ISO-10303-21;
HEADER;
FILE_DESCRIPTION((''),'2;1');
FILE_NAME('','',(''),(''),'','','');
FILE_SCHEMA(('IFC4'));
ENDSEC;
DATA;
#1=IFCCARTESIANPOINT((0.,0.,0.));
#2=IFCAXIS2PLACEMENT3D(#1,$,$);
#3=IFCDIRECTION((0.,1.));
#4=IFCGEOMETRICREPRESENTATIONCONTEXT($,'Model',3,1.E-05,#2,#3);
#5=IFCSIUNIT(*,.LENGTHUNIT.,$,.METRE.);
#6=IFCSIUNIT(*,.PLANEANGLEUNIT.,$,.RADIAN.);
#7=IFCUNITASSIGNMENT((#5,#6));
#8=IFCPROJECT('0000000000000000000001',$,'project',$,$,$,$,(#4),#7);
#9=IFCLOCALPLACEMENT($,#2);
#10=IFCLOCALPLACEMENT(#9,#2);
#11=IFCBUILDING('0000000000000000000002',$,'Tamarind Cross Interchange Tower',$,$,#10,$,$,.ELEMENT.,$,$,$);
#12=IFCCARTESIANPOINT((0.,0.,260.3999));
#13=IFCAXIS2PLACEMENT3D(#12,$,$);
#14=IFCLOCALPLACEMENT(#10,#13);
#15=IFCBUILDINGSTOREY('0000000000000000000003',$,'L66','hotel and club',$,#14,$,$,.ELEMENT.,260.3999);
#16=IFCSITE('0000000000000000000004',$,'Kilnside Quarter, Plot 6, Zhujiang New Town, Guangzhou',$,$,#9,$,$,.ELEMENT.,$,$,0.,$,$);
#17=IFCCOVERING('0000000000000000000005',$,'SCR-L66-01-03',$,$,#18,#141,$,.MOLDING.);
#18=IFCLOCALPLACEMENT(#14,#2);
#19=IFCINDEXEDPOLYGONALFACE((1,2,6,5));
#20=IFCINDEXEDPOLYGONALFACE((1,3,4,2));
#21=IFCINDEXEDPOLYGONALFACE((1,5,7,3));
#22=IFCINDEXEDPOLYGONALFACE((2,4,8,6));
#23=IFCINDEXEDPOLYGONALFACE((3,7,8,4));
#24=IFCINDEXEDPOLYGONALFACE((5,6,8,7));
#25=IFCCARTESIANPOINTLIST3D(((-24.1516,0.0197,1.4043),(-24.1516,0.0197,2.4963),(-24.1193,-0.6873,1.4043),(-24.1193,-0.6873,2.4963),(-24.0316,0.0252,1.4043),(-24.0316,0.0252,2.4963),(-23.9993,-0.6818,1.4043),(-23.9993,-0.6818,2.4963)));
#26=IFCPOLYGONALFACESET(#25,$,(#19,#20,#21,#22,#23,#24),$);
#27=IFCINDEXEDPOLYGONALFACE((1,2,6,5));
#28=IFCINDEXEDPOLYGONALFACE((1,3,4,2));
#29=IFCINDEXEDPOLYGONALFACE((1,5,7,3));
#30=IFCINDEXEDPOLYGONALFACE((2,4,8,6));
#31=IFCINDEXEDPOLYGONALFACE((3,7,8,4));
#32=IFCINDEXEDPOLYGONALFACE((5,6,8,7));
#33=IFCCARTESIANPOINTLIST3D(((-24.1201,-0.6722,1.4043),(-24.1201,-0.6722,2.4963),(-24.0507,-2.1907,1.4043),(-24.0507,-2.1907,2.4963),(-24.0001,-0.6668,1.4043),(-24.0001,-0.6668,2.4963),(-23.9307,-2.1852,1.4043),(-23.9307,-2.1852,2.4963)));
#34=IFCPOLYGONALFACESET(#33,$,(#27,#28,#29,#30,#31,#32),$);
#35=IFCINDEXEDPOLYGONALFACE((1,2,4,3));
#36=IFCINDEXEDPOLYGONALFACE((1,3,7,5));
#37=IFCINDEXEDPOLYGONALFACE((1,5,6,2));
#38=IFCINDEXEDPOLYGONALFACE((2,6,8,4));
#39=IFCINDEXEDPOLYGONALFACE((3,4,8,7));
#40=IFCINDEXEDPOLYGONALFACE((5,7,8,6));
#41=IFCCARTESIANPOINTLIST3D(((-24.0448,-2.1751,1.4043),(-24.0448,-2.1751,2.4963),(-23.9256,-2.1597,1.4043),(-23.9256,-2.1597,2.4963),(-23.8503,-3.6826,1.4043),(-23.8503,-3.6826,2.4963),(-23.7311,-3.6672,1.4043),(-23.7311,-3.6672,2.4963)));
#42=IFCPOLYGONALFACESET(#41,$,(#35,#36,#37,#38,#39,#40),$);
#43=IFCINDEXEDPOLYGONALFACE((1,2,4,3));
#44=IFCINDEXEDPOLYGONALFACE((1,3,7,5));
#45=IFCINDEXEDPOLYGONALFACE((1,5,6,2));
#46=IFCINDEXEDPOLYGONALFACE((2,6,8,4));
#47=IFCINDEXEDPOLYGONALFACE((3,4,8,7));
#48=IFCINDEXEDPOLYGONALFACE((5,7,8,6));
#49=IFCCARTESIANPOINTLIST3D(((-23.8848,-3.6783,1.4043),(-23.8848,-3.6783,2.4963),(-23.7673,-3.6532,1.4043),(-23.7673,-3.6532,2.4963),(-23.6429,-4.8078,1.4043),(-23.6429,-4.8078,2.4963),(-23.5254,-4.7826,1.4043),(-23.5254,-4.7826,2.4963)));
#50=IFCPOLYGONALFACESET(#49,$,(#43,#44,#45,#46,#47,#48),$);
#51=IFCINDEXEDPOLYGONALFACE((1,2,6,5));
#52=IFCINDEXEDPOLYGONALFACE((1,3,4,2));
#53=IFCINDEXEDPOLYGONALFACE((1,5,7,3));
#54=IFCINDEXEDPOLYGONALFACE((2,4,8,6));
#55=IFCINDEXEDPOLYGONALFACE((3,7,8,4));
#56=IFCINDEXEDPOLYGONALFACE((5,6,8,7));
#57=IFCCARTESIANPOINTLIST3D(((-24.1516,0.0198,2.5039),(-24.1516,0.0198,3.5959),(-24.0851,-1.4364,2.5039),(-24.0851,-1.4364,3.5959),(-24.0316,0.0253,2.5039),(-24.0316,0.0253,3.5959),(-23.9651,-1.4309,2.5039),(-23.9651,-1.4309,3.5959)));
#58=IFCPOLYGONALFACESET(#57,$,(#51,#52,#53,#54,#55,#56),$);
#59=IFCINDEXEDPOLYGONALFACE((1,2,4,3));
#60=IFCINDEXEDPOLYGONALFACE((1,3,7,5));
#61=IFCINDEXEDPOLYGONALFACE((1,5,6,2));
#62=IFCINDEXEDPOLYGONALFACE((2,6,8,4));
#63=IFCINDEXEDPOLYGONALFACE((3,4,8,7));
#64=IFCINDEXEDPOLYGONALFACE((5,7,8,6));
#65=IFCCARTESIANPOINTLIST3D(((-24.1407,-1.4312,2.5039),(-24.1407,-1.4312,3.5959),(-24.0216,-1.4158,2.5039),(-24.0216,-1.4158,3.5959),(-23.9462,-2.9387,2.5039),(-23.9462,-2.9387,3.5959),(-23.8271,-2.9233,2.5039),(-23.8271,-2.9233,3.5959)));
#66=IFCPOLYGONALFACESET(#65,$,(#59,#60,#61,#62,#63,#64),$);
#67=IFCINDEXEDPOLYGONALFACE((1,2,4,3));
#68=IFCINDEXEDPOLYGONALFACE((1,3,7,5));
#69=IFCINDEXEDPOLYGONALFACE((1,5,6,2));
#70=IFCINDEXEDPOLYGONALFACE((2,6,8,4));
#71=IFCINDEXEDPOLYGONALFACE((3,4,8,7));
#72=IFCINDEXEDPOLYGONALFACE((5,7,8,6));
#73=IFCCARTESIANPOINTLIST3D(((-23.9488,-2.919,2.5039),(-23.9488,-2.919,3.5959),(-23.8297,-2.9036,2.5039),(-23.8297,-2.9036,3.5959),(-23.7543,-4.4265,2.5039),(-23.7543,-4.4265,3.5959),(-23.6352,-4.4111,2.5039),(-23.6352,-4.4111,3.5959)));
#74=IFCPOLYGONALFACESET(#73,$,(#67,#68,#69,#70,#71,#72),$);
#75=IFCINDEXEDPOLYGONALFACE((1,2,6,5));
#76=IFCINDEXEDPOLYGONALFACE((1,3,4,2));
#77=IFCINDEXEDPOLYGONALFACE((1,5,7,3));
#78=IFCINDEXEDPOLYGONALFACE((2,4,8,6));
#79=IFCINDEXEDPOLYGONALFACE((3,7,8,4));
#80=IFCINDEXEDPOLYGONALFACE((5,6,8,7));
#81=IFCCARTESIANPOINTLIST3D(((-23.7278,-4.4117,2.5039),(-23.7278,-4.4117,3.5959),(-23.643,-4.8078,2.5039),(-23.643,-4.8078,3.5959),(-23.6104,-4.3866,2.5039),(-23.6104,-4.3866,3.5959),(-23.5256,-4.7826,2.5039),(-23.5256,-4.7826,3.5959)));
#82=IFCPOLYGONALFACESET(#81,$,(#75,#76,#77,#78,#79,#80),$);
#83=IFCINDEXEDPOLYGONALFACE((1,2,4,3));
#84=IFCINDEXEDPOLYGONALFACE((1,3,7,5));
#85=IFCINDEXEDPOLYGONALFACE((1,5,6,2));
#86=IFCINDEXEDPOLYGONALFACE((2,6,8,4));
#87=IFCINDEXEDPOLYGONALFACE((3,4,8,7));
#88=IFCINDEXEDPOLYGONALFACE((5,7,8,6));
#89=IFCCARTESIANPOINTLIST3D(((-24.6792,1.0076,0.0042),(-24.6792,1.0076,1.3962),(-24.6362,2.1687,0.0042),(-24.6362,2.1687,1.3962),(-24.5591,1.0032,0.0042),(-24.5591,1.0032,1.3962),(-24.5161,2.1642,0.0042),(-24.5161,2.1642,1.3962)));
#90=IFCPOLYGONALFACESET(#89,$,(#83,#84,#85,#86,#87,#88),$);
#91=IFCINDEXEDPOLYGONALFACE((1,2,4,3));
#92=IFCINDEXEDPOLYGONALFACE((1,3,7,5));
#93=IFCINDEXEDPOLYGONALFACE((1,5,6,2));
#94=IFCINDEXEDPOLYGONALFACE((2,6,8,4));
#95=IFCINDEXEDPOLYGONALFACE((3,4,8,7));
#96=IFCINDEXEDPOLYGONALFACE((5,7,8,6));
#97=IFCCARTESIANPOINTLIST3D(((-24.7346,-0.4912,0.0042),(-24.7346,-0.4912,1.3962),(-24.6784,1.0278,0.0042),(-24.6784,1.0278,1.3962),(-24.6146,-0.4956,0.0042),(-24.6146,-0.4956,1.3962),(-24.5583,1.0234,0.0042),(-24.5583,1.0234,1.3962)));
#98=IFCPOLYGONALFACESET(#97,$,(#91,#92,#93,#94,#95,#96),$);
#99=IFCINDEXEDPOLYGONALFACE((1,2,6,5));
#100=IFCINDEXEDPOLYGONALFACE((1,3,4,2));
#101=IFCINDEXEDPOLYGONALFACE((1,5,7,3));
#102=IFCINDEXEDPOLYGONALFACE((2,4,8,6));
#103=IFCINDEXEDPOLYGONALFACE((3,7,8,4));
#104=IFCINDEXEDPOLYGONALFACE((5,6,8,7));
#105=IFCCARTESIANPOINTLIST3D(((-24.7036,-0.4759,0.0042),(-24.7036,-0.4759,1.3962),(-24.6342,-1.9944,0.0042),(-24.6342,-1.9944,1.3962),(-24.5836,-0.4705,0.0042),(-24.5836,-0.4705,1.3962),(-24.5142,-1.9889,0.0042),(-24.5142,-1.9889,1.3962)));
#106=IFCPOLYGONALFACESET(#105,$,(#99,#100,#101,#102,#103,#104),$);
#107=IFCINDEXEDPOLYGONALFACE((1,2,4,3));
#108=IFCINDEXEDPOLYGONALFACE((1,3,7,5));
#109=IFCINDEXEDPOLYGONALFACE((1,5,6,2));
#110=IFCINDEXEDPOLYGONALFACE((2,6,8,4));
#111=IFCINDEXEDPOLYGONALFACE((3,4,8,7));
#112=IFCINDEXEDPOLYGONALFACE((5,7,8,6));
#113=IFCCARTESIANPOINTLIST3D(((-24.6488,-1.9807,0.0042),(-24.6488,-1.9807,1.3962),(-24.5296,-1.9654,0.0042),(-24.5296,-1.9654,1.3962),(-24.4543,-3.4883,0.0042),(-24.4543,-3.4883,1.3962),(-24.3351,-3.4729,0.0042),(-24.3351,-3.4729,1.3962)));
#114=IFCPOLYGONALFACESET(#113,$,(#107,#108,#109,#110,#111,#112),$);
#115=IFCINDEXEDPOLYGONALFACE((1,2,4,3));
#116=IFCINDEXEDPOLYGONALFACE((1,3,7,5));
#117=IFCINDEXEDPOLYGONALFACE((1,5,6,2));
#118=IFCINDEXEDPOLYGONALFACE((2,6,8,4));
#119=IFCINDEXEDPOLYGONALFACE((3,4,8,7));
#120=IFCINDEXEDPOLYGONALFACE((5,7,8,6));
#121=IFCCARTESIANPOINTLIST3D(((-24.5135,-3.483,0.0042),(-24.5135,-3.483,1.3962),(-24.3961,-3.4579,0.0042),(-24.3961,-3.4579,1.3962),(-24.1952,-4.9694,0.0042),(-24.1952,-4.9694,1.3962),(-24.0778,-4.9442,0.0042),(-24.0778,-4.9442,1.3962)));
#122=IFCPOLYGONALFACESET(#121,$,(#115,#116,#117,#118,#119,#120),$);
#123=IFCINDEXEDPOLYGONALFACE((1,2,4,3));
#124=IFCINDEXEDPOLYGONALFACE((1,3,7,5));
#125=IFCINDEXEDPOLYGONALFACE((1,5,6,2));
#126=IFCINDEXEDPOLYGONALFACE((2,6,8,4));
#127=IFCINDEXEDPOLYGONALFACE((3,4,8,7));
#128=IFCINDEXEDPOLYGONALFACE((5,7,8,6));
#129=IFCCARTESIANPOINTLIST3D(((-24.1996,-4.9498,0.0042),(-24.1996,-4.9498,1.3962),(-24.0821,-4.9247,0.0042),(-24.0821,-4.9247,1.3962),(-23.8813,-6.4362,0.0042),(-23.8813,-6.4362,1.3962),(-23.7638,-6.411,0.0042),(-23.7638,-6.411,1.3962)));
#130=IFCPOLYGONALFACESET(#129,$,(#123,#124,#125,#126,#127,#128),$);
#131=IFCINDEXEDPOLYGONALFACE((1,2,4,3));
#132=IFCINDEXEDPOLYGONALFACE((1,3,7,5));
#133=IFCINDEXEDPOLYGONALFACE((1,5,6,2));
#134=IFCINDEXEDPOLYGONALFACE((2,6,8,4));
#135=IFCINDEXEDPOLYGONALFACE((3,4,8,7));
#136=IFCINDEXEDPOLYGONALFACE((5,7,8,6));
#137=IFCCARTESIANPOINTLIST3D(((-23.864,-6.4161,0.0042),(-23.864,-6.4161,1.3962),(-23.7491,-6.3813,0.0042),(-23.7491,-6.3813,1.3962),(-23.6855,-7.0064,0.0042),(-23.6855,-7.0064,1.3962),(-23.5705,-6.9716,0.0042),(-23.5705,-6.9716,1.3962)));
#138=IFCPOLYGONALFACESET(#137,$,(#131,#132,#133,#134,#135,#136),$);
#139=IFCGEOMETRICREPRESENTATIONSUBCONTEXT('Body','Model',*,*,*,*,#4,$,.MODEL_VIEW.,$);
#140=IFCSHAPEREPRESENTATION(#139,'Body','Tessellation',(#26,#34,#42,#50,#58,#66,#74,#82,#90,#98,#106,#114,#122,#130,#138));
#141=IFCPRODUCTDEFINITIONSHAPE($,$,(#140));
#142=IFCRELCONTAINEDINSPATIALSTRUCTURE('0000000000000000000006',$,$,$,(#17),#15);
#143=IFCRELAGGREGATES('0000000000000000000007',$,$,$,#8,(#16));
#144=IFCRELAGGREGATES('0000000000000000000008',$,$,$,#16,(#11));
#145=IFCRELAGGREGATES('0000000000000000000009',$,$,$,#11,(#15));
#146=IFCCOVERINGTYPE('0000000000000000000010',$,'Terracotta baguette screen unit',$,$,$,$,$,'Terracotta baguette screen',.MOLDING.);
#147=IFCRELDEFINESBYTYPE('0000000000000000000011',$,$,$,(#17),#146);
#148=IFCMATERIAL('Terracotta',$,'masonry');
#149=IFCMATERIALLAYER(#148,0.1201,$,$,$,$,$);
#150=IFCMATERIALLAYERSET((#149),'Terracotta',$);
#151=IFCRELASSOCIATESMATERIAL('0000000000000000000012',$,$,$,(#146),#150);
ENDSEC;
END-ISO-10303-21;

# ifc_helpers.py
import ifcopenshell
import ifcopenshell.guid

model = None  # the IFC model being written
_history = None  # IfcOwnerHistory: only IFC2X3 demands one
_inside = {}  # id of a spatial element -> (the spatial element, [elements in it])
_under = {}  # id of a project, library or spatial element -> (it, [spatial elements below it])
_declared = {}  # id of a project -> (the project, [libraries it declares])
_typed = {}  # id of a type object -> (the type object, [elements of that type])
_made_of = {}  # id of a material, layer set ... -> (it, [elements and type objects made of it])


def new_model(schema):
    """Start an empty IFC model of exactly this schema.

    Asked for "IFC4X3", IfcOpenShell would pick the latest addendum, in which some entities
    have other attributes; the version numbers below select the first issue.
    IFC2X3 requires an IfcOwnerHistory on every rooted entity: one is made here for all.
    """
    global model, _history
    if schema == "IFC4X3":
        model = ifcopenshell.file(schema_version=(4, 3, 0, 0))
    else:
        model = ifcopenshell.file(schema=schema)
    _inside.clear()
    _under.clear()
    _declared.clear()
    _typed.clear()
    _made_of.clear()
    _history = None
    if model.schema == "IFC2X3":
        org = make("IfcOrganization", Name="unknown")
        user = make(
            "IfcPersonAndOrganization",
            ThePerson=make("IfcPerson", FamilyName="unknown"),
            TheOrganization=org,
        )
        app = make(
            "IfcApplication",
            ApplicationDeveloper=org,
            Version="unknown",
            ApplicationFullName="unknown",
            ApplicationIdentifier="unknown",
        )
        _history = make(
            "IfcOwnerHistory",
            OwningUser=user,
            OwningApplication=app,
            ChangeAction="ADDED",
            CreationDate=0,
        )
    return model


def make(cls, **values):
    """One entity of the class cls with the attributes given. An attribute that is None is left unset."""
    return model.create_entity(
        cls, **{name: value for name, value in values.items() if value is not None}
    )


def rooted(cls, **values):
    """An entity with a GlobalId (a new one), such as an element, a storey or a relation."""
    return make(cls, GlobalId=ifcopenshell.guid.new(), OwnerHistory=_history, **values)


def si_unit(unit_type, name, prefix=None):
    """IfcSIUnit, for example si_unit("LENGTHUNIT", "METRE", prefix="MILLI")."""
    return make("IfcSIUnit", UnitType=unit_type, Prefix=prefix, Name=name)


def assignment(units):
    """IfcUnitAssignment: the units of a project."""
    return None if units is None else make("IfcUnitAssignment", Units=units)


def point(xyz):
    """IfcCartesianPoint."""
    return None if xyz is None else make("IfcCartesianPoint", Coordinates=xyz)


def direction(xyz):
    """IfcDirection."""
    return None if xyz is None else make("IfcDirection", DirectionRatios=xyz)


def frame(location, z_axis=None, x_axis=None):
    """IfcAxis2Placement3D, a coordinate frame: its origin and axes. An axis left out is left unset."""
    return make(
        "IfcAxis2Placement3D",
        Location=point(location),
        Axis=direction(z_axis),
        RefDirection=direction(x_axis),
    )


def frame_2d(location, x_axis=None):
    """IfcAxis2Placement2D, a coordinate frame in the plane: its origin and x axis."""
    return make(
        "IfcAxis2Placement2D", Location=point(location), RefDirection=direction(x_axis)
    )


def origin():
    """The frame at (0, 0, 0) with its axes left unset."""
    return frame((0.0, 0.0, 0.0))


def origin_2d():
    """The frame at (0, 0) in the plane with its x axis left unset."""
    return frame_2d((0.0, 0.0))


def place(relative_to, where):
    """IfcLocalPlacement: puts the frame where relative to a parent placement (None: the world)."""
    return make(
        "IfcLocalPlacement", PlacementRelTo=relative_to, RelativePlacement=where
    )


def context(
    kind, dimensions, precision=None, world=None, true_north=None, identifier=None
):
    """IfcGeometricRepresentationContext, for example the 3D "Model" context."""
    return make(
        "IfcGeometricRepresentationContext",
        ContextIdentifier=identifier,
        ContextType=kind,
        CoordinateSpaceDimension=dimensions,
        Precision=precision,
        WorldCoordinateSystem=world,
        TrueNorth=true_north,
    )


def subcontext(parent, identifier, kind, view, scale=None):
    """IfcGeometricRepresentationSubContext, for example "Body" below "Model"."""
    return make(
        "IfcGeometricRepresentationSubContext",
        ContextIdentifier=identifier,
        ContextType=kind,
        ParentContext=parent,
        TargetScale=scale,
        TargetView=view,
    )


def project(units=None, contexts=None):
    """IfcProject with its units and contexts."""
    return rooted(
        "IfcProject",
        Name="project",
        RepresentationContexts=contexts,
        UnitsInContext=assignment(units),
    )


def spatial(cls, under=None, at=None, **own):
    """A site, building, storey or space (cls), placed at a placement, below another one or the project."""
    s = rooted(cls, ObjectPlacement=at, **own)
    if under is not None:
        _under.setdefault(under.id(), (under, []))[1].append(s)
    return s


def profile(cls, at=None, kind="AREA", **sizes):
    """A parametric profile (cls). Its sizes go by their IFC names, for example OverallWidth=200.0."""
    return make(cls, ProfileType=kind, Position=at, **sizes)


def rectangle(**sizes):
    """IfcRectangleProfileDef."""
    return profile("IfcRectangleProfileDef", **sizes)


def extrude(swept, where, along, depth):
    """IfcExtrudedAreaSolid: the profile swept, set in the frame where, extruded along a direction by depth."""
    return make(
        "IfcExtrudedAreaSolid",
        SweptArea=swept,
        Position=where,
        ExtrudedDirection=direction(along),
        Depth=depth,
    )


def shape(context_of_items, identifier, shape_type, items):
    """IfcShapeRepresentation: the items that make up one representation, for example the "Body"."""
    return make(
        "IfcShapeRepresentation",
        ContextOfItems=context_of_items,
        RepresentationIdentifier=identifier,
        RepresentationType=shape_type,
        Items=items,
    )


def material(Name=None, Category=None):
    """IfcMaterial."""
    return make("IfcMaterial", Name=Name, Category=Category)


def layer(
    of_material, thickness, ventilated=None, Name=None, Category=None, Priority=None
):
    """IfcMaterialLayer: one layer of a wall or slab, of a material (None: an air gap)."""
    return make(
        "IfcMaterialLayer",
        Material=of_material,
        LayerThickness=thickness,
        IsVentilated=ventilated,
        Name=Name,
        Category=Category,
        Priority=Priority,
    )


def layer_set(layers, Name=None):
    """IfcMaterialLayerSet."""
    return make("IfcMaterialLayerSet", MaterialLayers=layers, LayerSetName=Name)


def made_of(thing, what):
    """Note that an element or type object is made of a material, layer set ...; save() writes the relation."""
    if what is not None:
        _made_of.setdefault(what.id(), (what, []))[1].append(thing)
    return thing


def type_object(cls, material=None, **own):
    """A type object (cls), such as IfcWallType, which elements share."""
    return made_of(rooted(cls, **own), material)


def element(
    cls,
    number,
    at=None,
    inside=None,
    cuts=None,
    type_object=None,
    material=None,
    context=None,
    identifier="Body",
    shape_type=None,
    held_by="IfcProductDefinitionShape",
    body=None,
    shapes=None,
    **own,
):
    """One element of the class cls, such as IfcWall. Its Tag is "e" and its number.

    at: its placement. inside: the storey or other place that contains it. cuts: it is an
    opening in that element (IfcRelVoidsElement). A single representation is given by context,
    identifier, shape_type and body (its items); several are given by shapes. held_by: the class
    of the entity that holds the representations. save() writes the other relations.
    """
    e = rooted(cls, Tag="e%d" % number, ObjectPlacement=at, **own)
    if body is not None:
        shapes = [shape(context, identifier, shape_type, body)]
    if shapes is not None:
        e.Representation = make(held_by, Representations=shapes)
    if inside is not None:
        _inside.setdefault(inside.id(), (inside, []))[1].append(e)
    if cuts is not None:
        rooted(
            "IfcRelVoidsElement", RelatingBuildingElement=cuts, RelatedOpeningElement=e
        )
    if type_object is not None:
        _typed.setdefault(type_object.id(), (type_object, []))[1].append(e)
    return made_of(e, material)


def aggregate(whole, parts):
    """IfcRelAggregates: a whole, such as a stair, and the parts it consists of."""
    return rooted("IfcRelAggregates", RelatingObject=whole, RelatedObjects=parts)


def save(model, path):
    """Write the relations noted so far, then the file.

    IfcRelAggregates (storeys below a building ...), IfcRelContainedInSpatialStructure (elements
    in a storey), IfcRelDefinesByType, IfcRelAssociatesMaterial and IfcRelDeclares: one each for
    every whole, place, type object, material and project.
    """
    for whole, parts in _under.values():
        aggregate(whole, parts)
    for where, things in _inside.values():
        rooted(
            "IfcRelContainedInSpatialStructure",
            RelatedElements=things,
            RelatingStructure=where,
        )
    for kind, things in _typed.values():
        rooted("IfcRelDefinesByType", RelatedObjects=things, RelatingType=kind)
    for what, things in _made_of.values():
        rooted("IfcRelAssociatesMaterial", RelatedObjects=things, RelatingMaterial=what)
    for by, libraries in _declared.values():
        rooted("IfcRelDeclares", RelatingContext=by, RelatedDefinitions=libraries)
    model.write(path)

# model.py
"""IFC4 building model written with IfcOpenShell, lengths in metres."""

from ifc_helpers import new_model, si_unit, direction, frame, origin, origin_2d, place, context, subcontext, project, spatial, rectangle, extrude, material, layer, layer_set, type_object, element, save


model = new_model("IFC4")

# Units and contexts
model_context = context("Model", 3, precision=1e-05, world=origin(), true_north=direction((0.0, 1.0)))
body_context = subcontext(model_context, "Body", "Model", "MODEL_VIEW")
ifc_project = project(units=[si_unit("LENGTHUNIT", "METRE"), si_unit("PLANEANGLEUNIT", "RADIAN")], contexts=[model_context])

# Site, building, storey
site_placement = place(None, origin())
site = spatial("IfcSite", under=ifc_project, at=site_placement, Name="Kilnside Quarter, Plot 6, Zhujiang New Town, Guangzhou", CompositionType="ELEMENT", RefElevation=0.0)
building_placement = place(site_placement, origin())
building = spatial("IfcBuilding", under=site, at=building_placement, Name="Tamarind Cross Interchange Tower", CompositionType="ELEMENT")
storey_placement = place(building_placement, frame((0.0, 0.0, 260.3999)))
storey = spatial("IfcBuildingStorey", under=building, at=storey_placement, Name="L66", Description="hotel and club", CompositionType="ELEMENT", Elevation=260.3999)

# Covering
ifc_material_1 = material(Name="Terracotta", Category="masonry")
ifc_layer_1 = layer(ifc_material_1, 0.1201)
ifc_layer_set_1 = layer_set([ifc_layer_1], Name="Terracotta")
covering_type = type_object("IfcCoveringType", Name="Terracotta baguette screen unit", ElementType="Terracotta baguette screen", PredefinedType="MOLDING", material=ifc_layer_set_1)
covering_1_placement = place(storey_placement, origin())
element("IfcCovering", 1, at=covering_1_placement, inside=storey, type_object=covering_type, Name="SCR-L66-01-03", PredefinedType="MOLDING", context=body_context, shape_type="SweptSolid", body=[
    extrude(rectangle(XDim=0.7078, YDim=0.1201, at=origin_2d()), frame((-24.0754, -0.3311, 1.4043), z_axis=(0.0, 0.0, 1.0), x_axis=(0.045624, -0.998959, 0.0)), (0.0, 0.0, 1.0), 1.092),
    extrude(rectangle(XDim=1.52, YDim=0.1201, at=origin_2d()), frame((-24.0254, -1.4287, 1.4043), z_axis=(0.0, 0.0, 1.0), x_axis=(0.045624, -0.998959, 0.0)), (0.0, 0.0, 1.0), 1.092),
    extrude(rectangle(XDim=1.52, YDim=0.1201, at=origin_2d()), frame((-23.8879, -2.9211, 1.4043), z_axis=(0.0, 0.0, 1.0), x_axis=(0.127962, -0.991779, 0.0)), (0.0, 0.0, 1.0), 1.092),
    extrude(rectangle(XDim=1.155, YDim=0.1201, at=origin_2d()), frame((-23.7051, -4.2305, 1.4043), z_axis=(0.0, 0.0, 1.0), x_axis=(0.209425, -0.977825, 0.0)), (0.0, 0.0, 1.0), 1.092),
    extrude(rectangle(XDim=1.4578, YDim=0.1201, at=origin_2d()), frame((-24.0583, -0.7056, 2.5039), z_axis=(0.0, 0.0, 1.0), x_axis=(0.045624, -0.998959, 0.0)), (0.0, 0.0, 1.0), 1.092),
    extrude(rectangle(XDim=1.52, YDim=0.1201, at=origin_2d()), frame((-23.9839, -2.1772, 2.5039), z_axis=(0.0, 0.0, 1.0), x_axis=(0.127962, -0.991779, 0.0)), (0.0, 0.0, 1.0), 1.092),
    extrude(rectangle(XDim=1.52, YDim=0.1201, at=origin_2d()), frame((-23.792, -3.665, 2.5039), z_axis=(0.0, 0.0, 1.0), x_axis=(0.127962, -0.991779, 0.0)), (0.0, 0.0, 1.0), 1.092),
    extrude(rectangle(XDim=0.405, YDim=0.1201, at=origin_2d()), frame((-23.6267, -4.5972, 2.5039), z_axis=(0.0, 0.0, 1.0), x_axis=(0.209425, -0.977825, 0.0)), (0.0, 0.0, 1.0), 1.092),
    extrude(rectangle(XDim=1.1619, YDim=0.1201, at=origin_2d()), frame((-24.5977, 1.5859, 0.0042), z_axis=(0.0, 0.0, 1.0), x_axis=(-0.037025, -0.999314, 0.0)), (0.0, 0.0, 1.0), 1.3921),
    extrude(rectangle(XDim=1.52, YDim=0.1201, at=origin_2d()), frame((-24.6465, 0.2661, 0.0042), z_axis=(0.0, 0.0, 1.0), x_axis=(-0.037025, -0.999314, 0.0)), (0.0, 0.0, 1.0), 1.3921),
    extrude(rectangle(XDim=1.52, YDim=0.1201, at=origin_2d()), frame((-24.6089, -1.2324, 0.0042), z_axis=(0.0, 0.0, 1.0), x_axis=(0.045624, -0.998959, 0.0)), (0.0, 0.0, 1.0), 1.3921),
    extrude(rectangle(XDim=1.52, YDim=0.1201, at=origin_2d()), frame((-24.4919, -2.7268, 0.0042), z_axis=(0.0, 0.0, 1.0), x_axis=(0.127962, -0.991779, 0.0)), (0.0, 0.0, 1.0), 1.3921),
    extrude(rectangle(XDim=1.52, YDim=0.1201, at=origin_2d()), frame((-24.2957, -4.2136, 0.0042), z_axis=(0.0, 0.0, 1.0), x_axis=(0.209425, -0.977825, 0.0)), (0.0, 0.0, 1.0), 1.3921),
    extrude(rectangle(XDim=1.52, YDim=0.1201, at=origin_2d()), frame((-23.9817, -5.6804, 0.0042), z_axis=(0.0, 0.0, 1.0), x_axis=(0.209425, -0.977825, 0.0)), (0.0, 0.0, 1.0), 1.3921),
    extrude(rectangle(XDim=0.6167, YDim=0.1201, at=origin_2d()), frame((-23.7173, -6.6938, 0.0042), z_axis=(0.0, 0.0, 1.0), x_axis=(0.289458, -0.957191, 0.0)), (0.0, 0.0, 1.0), 1.3921),
])

save(model, "model.ifc")
